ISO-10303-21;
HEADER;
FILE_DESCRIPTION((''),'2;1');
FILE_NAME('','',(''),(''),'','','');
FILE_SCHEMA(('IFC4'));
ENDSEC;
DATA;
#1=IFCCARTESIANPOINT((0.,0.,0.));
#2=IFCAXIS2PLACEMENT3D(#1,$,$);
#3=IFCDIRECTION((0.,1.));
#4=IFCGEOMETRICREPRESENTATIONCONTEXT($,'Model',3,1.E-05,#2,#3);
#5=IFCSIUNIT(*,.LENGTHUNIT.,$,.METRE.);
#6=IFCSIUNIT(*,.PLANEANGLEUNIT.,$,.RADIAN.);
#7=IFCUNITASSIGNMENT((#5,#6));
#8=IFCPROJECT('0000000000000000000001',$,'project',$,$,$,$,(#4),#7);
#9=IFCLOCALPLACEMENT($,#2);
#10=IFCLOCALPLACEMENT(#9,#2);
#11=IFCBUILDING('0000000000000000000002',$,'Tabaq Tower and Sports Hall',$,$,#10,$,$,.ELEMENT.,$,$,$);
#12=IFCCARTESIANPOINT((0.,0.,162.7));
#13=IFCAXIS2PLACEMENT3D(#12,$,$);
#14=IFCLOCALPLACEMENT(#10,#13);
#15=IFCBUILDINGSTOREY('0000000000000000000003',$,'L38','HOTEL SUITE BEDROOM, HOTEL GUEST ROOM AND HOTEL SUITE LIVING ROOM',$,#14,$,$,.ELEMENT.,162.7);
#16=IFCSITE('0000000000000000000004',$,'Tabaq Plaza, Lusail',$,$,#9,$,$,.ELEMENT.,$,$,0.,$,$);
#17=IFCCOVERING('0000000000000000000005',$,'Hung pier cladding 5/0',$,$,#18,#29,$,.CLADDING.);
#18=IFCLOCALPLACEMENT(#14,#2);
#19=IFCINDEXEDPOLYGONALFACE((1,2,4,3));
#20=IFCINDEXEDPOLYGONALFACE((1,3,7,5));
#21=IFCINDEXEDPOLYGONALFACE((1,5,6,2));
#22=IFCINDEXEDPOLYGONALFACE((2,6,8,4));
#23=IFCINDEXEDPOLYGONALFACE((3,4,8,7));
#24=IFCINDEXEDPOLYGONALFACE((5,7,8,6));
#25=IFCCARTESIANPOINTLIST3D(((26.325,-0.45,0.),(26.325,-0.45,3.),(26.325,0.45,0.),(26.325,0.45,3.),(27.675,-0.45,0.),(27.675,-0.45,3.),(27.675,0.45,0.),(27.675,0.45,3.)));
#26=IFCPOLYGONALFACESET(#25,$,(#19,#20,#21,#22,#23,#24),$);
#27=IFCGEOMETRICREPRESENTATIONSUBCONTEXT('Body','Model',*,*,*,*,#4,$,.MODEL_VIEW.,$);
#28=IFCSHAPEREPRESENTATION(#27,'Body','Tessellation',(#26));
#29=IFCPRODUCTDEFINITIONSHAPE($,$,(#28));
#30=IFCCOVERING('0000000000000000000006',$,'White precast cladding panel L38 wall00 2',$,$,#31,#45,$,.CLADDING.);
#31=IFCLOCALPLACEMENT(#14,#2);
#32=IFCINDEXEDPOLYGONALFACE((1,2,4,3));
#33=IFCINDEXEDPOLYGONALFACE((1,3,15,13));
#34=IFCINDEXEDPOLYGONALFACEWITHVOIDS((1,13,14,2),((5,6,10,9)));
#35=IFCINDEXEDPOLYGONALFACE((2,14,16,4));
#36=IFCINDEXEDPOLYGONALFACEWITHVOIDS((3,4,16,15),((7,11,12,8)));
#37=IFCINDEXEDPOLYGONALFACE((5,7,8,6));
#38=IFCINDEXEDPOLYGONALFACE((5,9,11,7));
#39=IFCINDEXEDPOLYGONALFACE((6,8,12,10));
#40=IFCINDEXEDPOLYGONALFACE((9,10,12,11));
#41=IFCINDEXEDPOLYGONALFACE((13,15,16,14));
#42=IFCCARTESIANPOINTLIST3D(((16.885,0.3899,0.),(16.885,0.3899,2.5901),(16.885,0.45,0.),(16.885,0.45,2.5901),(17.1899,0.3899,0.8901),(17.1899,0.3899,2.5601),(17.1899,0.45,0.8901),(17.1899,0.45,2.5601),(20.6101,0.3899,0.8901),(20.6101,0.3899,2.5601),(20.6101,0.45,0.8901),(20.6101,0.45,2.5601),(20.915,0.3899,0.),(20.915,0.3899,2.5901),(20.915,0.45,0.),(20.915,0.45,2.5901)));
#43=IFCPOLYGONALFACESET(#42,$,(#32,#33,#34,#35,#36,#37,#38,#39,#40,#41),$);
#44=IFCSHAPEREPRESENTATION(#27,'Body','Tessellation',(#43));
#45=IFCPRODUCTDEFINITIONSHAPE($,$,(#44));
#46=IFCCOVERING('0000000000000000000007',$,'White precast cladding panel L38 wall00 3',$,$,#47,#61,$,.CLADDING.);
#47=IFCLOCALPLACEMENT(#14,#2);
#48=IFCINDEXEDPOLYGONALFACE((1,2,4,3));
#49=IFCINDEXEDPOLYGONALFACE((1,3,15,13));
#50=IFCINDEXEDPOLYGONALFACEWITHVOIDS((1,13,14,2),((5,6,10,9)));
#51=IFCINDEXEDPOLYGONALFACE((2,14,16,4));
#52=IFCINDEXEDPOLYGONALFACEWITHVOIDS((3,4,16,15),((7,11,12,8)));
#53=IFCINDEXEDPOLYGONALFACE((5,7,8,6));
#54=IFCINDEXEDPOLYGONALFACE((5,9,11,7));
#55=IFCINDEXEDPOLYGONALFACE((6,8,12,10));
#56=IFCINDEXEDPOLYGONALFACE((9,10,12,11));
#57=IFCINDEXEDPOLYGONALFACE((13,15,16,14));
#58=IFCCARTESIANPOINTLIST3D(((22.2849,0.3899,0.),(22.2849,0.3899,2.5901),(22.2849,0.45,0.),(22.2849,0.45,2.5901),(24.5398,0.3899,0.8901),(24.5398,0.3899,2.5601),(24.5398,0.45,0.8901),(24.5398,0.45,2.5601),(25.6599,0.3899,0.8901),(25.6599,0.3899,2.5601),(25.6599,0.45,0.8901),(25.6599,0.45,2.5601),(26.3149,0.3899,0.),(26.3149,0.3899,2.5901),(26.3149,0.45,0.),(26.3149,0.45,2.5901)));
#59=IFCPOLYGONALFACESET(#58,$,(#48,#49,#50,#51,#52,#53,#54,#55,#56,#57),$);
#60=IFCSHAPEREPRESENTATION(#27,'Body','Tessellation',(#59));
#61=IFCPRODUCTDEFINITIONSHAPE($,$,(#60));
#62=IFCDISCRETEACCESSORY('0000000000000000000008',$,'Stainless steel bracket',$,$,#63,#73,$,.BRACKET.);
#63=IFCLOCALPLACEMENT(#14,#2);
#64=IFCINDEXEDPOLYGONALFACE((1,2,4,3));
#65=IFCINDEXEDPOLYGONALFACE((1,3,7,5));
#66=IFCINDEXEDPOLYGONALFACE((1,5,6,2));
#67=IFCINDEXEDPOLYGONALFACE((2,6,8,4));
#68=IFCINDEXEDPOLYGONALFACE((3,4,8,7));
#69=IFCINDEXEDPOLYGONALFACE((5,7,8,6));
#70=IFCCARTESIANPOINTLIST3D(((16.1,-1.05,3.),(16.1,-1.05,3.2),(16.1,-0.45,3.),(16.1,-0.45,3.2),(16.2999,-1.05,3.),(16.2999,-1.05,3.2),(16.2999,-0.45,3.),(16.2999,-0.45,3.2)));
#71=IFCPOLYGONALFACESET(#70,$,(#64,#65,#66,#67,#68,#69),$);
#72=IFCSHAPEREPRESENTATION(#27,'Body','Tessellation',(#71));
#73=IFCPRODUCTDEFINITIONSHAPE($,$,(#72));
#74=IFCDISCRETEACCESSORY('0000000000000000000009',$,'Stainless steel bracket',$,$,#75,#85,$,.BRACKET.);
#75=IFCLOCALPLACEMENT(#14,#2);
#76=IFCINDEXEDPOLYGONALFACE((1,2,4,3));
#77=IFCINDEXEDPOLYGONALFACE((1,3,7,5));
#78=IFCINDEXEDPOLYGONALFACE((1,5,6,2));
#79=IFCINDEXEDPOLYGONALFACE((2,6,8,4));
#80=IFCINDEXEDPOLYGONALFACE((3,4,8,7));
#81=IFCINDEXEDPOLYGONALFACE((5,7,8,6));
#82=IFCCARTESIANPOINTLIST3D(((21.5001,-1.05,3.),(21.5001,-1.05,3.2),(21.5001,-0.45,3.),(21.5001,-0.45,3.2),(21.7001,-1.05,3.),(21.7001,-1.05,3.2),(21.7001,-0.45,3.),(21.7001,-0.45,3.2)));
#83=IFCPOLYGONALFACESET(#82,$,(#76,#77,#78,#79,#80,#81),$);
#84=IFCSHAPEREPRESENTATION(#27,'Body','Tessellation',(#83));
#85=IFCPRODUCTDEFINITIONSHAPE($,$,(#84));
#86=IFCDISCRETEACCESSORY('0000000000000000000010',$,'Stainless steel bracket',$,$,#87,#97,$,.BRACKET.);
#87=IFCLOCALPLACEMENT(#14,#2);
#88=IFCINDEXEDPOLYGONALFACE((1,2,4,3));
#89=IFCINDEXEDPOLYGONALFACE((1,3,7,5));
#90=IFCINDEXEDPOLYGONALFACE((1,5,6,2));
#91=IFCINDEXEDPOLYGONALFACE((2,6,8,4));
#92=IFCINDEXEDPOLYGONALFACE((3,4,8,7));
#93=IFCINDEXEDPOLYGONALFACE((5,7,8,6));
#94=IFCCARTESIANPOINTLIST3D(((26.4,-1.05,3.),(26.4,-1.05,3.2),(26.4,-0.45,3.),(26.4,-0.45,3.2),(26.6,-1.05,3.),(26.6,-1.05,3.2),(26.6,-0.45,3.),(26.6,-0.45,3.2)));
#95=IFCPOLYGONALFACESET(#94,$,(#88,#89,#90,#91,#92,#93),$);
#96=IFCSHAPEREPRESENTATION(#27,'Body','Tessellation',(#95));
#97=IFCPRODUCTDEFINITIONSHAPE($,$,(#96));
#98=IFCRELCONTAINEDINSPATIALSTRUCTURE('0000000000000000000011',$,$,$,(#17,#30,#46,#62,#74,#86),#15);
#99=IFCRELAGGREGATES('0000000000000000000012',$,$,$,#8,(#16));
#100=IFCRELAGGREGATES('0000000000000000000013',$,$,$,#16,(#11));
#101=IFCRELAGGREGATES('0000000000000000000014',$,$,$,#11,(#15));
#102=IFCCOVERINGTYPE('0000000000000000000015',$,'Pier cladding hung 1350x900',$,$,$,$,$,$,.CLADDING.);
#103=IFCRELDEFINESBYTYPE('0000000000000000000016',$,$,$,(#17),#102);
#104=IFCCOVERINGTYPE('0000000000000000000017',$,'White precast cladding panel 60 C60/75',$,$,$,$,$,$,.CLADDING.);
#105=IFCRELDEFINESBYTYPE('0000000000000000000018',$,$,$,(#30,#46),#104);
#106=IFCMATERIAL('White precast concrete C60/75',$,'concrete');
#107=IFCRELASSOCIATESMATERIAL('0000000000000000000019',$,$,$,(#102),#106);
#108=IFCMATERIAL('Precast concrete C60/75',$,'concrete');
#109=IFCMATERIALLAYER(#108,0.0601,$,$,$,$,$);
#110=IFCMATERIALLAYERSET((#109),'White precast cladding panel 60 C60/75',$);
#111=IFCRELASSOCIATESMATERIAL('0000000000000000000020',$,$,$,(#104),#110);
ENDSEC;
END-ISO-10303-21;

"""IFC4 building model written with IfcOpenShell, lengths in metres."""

from ifc_helpers import new_model, si_unit, direction, frame, frame_2d, origin, origin_2d, place, context, subcontext, project, spatial, polyline, rectangle, outline, extrude, material, layer, layer_set, type_object, element, save


model = new_model("IFC4")

# Units and contexts
model_context = context("Model", 3, precision=1e-05, world=origin(), true_north=direction((0.0, 1.0)))
body_context = subcontext(model_context, "Body", "Model", "MODEL_VIEW")
ifc_project = project(units=[si_unit("LENGTHUNIT", "METRE"), si_unit("PLANEANGLEUNIT", "RADIAN")], contexts=[model_context])

# Site, building, storey
site_placement = place(None, origin())
site = spatial("IfcSite", under=ifc_project, at=site_placement, Name="Tabaq Plaza, Lusail", CompositionType="ELEMENT", RefElevation=0.0)
building_placement = place(site_placement, origin())
building = spatial("IfcBuilding", under=site, at=building_placement, Name="Tabaq Tower and Sports Hall", CompositionType="ELEMENT")
storey_placement = place(building_placement, frame((0.0, 0.0, 162.7)))
storey = spatial("IfcBuildingStorey", under=building, at=storey_placement, Name="L38", Description="HOTEL SUITE BEDROOM, HOTEL GUEST ROOM AND HOTEL SUITE LIVING ROOM", CompositionType="ELEMENT", Elevation=162.7)

# Coverings
ifc_material_1 = material(Name="White precast concrete C60/75", Category="concrete")
covering_type_1 = type_object("IfcCoveringType", Name="Pier cladding hung 1350x900", PredefinedType="CLADDING", material=ifc_material_1)
covering_1_placement = place(storey_placement, frame((26.325, 0.0, 0.0), z_axis=(0.0, 0.0, 1.0), x_axis=(1.0, 0.0, 0.0)))
element("IfcCovering", 1, at=covering_1_placement, inside=storey, type_object=covering_type_1, Name="Hung pier cladding 5/0", PredefinedType="CLADDING", context=body_context, shape_type="SweptSolid", body=[
    extrude(rectangle(XDim=1.3501, YDim=0.8999, at=frame_2d((0.675, 0.0))), origin(), (0.0, 0.0, 1.0), 3.0),
])
ifc_material_2 = material(Name="Precast concrete C60/75", Category="concrete")
ifc_layer_1 = layer(ifc_material_2, 0.0601)
ifc_layer_set_1 = layer_set([ifc_layer_1], Name="White precast cladding panel 60 C60/75")
covering_type_2 = type_object("IfcCoveringType", Name="White precast cladding panel 60 C60/75", PredefinedType="CLADDING", material=ifc_layer_set_1)
covering_2_placement = place(storey_placement, frame((16.885, 0.4199, 0.0), z_axis=(0.0, 0.0, 1.0), x_axis=(1.0, 0.0, 0.0)))
element("IfcCovering", 2, at=covering_2_placement, inside=storey, type_object=covering_type_2, Name="White precast cladding panel L38 wall00 2", PredefinedType="CLADDING", context=body_context, shape_type="SweptSolid", body=[
    extrude(outline(polyline([(0.0, 0.0), (4.03, 0.0), (4.03, 2.5901), (0.0, 2.5901), (0.0, 0.0)]), holes=[polyline([(3.7251, 0.8901), (0.3049, 0.8901), (0.3049, 2.5601), (3.7251, 2.5601), (3.7251, 0.8901)])]), frame((0.0, 0.03, 0.0), z_axis=(0.0, -1.0, 0.0), x_axis=(1.0, 0.0, 0.0)), (0.0, 0.0, 1.0), 0.0601),
])
covering_3_placement = place(storey_placement, frame((22.2849, 0.4199, 0.0), z_axis=(0.0, 0.0, 1.0), x_axis=(1.0, 0.0, 0.0)))
element("IfcCovering", 3, at=covering_3_placement, inside=storey, type_object=covering_type_2, Name="White precast cladding panel L38 wall00 3", PredefinedType="CLADDING", context=body_context, shape_type="SweptSolid", body=[
    extrude(outline(polyline([(0.0, 0.0), (4.03, 0.0), (4.03, 2.5901), (0.0, 2.5901), (0.0, 0.0)]), holes=[polyline([(3.375, 0.8901), (2.2549, 0.8901), (2.2549, 2.5601), (3.375, 2.5601), (3.375, 0.8901)])]), frame((0.0, 0.03, 0.0), z_axis=(0.0, -1.0, 0.0), x_axis=(1.0, 0.0, 0.0)), (0.0, 0.0, 1.0), 0.0601),
])

# Discrete accessories
for number, where, z_axis, x_axis, name in (
    (4, (16.2, -0.75, 3.0), (0.0, 0.0, 1.0), (0.0, -1.0, 0.0), "Stainless steel bracket"),
    (5, (21.6001, -0.75, 3.0), (0.0, 0.0, 1.0), (0.0, -1.0, 0.0), "Stainless steel bracket"),
    (6, (26.5, -0.75, 3.0), (0.0, 0.0, 1.0), (0.0, -1.0, 0.0), "Stainless steel bracket"),
):
    element("IfcDiscreteAccessory", number, at=place(storey_placement, frame(where, z_axis=z_axis, x_axis=x_axis)), inside=storey, Name=name, PredefinedType="BRACKET", context=body_context, shape_type="SweptSolid", body=[
        extrude(rectangle(XDim=0.6001, YDim=0.2, at=origin_2d()), origin(), (0.0, 0.0, 1.0), 0.2),
    ])

save(model, "model.ifc")
